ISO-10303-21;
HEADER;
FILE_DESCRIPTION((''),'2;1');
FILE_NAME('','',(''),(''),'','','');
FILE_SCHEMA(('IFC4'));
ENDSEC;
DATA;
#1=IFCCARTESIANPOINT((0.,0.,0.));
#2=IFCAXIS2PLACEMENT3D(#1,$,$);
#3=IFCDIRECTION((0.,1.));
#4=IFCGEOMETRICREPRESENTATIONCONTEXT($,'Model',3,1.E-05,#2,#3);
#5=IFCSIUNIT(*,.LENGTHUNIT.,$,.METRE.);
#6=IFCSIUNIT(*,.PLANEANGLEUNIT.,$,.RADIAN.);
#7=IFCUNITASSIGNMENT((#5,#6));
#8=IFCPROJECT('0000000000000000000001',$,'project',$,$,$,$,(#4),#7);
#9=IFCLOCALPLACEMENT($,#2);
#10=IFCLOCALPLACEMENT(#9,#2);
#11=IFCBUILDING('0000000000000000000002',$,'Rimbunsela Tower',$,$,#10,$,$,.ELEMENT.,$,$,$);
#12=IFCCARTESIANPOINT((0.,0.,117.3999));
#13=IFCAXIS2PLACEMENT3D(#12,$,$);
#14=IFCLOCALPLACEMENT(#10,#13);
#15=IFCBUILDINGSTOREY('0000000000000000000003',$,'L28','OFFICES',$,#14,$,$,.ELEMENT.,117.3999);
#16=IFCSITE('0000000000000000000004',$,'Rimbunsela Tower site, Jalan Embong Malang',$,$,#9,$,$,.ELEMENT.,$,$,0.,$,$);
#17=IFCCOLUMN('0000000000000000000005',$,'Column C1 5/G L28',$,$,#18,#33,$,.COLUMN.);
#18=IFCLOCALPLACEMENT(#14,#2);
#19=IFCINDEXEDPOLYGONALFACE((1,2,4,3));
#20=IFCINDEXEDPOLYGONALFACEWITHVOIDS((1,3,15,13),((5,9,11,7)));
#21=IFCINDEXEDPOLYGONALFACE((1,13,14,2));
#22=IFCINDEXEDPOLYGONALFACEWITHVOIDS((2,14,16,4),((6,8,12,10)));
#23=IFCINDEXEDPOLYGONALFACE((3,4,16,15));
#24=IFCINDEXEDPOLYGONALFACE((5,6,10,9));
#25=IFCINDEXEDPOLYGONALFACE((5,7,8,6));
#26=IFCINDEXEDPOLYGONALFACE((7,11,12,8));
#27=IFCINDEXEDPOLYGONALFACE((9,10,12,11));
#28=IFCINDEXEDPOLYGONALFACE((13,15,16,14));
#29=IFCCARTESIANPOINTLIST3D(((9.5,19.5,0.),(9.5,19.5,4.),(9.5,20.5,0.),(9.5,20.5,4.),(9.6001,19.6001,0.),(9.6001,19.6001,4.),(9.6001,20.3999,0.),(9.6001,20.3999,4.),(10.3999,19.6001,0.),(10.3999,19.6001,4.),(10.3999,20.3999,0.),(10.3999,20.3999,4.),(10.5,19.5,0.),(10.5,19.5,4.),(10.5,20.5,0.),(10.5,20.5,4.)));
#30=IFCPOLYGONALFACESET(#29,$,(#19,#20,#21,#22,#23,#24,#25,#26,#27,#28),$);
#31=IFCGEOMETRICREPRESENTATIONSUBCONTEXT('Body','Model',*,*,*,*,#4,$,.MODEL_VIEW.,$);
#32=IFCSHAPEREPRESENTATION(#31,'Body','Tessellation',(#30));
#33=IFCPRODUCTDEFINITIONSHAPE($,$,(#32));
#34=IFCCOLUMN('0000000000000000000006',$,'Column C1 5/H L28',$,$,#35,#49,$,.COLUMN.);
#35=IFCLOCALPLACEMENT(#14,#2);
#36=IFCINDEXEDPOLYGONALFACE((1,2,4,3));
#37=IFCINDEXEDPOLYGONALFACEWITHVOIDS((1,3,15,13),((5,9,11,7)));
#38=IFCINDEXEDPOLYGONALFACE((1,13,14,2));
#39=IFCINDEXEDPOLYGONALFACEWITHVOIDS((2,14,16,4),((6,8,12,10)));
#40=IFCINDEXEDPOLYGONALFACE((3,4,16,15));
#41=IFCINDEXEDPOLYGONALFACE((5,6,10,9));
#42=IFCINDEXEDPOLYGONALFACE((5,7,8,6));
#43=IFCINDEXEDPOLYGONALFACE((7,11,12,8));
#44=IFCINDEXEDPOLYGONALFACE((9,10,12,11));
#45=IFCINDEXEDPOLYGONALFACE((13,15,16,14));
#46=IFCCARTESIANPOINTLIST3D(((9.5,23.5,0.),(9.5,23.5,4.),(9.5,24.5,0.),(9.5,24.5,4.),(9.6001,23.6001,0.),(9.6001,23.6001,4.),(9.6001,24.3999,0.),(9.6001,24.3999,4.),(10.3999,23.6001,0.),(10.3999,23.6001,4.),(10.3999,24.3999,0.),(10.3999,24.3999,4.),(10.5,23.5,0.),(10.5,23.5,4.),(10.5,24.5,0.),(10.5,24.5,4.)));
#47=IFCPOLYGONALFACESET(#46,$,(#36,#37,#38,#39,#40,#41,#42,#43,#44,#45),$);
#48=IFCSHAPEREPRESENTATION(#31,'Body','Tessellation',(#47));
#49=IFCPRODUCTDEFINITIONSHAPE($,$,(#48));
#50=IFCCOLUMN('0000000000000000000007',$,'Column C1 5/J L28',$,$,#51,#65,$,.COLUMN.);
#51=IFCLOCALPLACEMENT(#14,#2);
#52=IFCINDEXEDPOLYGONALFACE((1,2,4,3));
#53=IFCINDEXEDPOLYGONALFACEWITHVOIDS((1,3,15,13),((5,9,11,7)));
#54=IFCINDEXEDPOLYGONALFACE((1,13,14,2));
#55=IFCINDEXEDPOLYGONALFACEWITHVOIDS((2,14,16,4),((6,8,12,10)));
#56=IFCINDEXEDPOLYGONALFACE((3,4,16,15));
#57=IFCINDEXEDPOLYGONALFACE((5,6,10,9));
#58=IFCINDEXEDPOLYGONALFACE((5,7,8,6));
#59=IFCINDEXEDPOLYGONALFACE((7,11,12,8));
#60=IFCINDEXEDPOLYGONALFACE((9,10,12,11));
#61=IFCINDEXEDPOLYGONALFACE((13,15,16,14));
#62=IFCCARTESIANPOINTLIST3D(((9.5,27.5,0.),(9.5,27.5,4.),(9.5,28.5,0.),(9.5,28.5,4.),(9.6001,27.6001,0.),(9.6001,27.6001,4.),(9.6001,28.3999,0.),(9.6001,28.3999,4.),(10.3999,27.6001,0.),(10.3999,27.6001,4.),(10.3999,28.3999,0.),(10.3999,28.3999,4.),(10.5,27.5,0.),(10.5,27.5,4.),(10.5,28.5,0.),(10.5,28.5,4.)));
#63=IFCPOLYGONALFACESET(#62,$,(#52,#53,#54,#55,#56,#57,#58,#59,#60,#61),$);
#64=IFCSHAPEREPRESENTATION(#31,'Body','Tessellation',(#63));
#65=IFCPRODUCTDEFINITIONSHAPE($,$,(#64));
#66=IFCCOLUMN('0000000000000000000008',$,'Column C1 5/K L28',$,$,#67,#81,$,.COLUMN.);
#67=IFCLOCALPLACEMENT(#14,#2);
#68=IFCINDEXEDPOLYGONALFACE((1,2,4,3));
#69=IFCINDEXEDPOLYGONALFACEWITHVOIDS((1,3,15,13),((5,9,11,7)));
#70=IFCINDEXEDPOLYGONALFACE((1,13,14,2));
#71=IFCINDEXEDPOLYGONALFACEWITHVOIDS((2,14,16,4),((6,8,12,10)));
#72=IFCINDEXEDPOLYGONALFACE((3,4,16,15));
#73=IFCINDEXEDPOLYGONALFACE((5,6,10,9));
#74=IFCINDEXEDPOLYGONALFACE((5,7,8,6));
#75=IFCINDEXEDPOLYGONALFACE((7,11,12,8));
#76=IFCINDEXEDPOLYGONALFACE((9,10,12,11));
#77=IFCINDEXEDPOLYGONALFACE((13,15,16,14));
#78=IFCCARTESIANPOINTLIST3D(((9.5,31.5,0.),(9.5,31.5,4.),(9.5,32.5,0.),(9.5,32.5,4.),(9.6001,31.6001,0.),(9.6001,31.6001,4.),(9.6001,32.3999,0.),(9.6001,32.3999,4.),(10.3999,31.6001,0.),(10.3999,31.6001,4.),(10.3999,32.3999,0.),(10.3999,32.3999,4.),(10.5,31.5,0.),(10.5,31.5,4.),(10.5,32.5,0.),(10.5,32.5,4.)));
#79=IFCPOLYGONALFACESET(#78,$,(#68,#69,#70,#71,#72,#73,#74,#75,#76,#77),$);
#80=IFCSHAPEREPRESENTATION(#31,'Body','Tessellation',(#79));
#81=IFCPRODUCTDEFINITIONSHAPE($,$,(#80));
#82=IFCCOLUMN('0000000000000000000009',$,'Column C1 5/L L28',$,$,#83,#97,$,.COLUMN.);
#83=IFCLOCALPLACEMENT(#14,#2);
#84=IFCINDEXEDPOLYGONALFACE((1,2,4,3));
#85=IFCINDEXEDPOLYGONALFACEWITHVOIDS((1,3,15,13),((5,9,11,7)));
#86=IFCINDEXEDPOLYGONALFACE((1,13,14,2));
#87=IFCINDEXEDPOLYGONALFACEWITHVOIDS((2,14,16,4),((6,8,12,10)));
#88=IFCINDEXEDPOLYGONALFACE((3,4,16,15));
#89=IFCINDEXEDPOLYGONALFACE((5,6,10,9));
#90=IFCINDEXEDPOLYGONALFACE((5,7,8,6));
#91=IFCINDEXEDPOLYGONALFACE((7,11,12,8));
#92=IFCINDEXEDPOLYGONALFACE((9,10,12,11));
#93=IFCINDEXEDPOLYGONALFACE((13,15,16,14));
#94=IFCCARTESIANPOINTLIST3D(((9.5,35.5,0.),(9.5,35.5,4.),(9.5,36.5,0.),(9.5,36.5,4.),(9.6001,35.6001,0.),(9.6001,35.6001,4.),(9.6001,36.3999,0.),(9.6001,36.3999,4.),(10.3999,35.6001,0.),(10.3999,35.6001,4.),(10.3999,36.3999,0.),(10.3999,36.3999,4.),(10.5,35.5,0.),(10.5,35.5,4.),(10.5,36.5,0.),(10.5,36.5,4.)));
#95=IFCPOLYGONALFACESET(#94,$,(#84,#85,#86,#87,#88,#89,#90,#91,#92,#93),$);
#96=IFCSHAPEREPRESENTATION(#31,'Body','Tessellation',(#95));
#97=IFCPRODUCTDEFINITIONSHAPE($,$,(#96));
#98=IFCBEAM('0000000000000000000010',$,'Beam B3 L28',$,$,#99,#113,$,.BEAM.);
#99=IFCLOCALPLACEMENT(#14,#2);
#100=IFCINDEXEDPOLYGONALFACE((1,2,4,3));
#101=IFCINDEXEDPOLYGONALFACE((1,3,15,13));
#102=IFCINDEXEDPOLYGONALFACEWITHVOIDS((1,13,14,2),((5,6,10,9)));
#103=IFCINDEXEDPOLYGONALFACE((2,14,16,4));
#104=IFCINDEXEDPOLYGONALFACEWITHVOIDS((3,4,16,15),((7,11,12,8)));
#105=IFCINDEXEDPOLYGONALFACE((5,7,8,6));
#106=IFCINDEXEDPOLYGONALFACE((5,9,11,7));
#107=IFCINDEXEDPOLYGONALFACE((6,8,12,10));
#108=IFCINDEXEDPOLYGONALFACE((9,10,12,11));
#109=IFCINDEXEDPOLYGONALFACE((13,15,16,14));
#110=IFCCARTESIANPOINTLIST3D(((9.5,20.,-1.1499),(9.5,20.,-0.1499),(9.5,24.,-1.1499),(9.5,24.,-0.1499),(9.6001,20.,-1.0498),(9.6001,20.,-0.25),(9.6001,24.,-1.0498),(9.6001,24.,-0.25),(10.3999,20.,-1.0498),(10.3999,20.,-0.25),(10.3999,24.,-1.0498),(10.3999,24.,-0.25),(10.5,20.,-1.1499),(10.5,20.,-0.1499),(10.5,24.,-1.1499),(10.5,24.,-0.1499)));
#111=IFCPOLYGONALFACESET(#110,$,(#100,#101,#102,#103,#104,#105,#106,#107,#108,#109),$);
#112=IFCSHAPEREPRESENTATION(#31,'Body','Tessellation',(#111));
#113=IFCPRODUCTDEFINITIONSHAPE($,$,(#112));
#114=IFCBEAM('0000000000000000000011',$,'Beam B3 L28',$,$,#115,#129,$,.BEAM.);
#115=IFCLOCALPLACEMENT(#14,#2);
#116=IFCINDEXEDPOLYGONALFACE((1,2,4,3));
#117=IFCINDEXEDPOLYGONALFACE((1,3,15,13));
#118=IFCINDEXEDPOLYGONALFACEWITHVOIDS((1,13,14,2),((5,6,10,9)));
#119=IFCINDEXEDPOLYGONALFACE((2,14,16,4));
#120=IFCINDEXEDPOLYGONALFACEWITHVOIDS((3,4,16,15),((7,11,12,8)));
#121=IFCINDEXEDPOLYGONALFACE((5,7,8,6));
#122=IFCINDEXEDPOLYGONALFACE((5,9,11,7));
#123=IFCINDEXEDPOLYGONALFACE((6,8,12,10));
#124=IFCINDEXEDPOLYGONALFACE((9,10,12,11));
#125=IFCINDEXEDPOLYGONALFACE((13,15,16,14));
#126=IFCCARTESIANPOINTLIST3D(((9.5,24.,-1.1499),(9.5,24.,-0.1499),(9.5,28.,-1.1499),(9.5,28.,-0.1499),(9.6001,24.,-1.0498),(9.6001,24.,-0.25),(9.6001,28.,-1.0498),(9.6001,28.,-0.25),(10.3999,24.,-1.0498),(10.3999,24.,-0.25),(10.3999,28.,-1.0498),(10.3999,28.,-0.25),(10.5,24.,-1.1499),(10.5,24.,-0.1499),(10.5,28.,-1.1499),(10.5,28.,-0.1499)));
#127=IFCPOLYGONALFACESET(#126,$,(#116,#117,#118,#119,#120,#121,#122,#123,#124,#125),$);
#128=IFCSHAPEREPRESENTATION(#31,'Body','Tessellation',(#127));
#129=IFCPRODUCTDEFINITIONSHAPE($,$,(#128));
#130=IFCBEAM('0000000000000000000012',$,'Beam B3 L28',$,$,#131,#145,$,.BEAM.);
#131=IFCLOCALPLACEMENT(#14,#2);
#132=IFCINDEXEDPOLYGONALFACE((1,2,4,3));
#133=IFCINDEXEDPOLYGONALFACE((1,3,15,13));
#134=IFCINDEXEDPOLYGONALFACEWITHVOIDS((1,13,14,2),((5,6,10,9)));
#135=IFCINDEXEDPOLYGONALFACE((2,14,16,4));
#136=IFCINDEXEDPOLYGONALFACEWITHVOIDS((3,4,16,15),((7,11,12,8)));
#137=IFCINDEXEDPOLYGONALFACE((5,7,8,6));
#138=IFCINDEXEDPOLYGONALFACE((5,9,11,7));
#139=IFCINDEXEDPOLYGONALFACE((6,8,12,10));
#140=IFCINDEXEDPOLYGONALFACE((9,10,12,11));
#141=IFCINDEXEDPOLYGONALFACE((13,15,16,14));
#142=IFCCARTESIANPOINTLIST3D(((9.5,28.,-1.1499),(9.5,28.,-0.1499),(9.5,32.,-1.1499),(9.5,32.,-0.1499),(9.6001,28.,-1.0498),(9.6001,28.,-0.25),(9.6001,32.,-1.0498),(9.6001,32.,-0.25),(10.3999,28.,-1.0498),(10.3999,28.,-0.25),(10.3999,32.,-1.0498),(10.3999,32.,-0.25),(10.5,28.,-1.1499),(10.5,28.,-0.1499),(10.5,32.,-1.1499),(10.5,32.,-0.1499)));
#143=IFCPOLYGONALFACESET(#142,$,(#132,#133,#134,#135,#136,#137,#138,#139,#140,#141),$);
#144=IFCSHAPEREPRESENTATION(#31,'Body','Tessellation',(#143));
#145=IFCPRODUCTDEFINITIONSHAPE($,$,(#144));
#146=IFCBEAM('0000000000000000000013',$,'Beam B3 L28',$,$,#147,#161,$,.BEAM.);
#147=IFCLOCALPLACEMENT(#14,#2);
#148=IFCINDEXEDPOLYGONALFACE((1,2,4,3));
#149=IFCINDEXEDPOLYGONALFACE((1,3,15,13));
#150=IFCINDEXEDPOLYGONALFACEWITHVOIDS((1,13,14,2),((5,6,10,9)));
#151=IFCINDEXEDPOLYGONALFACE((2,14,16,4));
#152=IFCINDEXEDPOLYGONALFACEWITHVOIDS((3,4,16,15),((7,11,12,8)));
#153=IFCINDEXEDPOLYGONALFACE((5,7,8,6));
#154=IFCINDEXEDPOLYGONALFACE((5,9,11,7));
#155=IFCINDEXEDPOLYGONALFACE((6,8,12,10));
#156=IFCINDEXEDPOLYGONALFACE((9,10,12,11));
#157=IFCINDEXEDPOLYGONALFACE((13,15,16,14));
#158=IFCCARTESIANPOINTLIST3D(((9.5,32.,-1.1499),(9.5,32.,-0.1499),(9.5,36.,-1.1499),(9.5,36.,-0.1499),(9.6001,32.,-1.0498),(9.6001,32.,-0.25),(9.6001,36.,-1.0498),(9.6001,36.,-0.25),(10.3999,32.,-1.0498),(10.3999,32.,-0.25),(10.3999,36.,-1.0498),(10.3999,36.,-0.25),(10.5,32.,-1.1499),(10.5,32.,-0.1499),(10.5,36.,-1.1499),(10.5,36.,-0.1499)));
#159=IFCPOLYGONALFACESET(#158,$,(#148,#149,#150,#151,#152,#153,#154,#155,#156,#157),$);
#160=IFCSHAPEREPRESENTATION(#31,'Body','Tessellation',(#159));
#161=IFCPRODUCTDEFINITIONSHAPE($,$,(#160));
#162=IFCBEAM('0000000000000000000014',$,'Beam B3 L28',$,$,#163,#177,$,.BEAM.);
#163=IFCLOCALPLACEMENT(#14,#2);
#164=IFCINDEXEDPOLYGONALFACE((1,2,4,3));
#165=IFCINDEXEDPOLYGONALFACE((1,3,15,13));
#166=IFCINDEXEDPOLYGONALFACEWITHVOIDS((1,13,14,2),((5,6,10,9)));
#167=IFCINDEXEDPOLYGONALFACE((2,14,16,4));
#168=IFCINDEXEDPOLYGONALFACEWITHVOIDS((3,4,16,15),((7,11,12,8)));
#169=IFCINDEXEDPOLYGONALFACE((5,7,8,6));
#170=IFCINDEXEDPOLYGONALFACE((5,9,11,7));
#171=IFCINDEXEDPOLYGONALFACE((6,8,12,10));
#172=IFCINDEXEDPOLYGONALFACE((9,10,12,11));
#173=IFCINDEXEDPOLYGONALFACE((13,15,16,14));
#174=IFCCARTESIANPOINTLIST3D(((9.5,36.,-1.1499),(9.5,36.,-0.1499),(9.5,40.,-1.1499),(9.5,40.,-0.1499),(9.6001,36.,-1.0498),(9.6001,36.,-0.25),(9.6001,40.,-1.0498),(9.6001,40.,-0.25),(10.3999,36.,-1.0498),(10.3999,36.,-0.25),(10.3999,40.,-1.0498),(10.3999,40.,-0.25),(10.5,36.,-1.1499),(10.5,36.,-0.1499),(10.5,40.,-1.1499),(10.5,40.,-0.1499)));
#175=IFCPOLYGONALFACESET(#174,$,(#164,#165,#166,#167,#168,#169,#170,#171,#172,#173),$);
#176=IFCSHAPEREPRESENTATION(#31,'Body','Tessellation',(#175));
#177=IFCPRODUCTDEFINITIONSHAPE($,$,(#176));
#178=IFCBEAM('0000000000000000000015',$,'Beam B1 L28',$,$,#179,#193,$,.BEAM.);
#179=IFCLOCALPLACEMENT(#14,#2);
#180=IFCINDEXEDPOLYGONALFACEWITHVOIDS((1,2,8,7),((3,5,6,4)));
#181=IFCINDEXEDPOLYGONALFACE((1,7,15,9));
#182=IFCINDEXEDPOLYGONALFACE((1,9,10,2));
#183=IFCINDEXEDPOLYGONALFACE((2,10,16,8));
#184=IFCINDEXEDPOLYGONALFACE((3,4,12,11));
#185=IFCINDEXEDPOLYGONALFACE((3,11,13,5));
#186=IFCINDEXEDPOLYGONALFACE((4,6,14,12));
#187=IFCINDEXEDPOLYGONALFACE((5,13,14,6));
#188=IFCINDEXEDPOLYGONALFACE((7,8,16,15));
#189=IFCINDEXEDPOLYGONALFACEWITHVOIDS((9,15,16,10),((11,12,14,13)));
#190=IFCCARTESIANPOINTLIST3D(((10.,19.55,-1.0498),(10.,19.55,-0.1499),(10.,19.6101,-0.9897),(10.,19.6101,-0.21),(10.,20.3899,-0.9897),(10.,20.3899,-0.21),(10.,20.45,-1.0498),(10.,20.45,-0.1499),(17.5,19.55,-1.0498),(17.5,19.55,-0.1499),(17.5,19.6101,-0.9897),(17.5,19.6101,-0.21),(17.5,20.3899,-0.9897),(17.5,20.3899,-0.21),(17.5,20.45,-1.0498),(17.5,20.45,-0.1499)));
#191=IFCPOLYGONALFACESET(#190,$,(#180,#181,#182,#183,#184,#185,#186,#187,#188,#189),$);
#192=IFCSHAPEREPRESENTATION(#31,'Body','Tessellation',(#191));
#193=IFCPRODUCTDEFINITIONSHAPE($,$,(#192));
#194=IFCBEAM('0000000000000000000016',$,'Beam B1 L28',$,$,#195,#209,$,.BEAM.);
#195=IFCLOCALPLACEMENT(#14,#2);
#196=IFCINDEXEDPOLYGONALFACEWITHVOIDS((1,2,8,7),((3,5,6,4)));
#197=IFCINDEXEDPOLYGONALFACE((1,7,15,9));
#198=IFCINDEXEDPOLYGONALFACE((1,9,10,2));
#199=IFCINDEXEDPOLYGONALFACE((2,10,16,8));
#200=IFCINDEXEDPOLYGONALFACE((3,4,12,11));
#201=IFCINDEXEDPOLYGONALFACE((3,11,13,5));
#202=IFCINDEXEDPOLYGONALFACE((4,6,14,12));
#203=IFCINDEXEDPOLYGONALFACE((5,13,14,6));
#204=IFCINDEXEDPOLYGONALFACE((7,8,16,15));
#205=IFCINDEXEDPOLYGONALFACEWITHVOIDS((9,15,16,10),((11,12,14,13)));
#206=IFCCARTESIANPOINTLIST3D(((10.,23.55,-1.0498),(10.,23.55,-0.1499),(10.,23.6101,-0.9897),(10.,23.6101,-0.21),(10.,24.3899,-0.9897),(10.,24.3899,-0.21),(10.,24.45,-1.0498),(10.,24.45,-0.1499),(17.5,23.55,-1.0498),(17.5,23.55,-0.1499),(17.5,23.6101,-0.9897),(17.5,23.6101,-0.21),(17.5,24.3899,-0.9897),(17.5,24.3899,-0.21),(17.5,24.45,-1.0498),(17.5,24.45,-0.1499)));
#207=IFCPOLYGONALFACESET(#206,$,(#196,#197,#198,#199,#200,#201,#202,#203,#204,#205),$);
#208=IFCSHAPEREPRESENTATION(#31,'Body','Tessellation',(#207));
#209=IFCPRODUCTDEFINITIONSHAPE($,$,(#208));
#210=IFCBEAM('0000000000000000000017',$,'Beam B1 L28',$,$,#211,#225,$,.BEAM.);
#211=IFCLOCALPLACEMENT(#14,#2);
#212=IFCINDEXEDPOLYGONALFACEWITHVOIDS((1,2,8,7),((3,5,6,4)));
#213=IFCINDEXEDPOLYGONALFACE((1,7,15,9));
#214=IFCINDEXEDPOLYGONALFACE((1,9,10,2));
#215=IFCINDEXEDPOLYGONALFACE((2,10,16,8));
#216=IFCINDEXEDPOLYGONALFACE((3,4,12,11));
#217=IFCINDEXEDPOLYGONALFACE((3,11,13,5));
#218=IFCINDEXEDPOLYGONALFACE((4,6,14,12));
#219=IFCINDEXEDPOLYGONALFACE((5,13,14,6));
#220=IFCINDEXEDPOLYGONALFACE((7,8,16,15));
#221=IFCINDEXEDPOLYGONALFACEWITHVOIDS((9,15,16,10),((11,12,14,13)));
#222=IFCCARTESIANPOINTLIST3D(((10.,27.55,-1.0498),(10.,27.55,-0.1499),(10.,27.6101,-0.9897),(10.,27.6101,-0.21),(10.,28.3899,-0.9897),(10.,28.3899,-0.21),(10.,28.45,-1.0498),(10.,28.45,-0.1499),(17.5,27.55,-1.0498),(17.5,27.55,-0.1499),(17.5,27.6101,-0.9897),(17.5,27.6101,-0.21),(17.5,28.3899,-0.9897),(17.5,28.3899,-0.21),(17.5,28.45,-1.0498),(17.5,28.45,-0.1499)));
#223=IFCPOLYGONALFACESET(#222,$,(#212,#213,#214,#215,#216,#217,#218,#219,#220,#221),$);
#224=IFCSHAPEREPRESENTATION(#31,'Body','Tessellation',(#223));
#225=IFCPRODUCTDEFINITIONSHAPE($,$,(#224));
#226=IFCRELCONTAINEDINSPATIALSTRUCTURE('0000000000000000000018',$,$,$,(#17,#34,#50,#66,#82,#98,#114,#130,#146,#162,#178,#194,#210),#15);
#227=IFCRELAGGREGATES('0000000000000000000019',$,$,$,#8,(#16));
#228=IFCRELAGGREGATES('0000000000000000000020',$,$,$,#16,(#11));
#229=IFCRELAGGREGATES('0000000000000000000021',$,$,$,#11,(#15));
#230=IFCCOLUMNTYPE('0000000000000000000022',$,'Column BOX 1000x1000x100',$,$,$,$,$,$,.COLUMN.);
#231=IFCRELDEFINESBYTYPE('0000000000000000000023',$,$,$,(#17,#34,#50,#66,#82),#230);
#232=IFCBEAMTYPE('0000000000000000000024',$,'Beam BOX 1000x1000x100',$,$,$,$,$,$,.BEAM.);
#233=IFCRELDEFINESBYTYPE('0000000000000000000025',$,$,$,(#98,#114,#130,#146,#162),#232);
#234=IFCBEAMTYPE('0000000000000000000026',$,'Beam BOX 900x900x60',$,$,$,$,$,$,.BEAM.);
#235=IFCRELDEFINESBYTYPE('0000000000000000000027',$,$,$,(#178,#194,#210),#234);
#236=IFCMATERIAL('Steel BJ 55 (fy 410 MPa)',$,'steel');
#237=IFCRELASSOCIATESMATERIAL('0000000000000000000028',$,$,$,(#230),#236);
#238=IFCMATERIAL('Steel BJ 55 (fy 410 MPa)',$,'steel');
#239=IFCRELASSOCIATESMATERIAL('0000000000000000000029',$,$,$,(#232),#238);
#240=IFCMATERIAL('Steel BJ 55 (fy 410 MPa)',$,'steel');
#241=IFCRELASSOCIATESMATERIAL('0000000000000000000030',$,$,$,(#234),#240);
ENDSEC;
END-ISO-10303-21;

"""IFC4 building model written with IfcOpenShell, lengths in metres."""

from ifc_helpers import new_model, si_unit, direction, frame, origin, origin_2d, place, context, subcontext, project, spatial, hollow_rectangle, extrude, material, material_profile, profile_set, type_object, element, save


model = new_model("IFC4")

# Units and contexts
model_context = context("Model", 3, precision=1e-05, world=origin(), true_north=direction((0.0, 1.0)))
body_context = subcontext(model_context, "Body", "Model", "MODEL_VIEW")
ifc_project = project(units=[si_unit("LENGTHUNIT", "METRE"), si_unit("PLANEANGLEUNIT", "RADIAN")], contexts=[model_context])

# Site, building, storey
site_placement = place(None, origin())
site = spatial("IfcSite", under=ifc_project, at=site_placement, Name="Rimbunsela Tower site, Jalan Embong Malang", CompositionType="ELEMENT", RefElevation=0.0)
building_placement = place(site_placement, origin())
building = spatial("IfcBuilding", under=site, at=building_placement, Name="Rimbunsela Tower", CompositionType="ELEMENT")
storey_placement = place(building_placement, frame((0.0, 0.0, 117.3999)))
storey = spatial("IfcBuildingStorey", under=building, at=storey_placement, Name="L28", Description="OFFICES", CompositionType="ELEMENT", Elevation=117.3999)

# Columns
ifc_material_1 = material(Name="Steel BJ 55 (fy 410 MPa)", Category="steel")
ifc_material_profile_1 = material_profile(ifc_material_1, hollow_rectangle(XDim=1.0, YDim=1.0, WallThickness=0.1001, at=origin_2d()), Name="BOX 1000x1000x100")
ifc_profile_set_1 = profile_set([ifc_material_profile_1], Name="Steel BJ 55 (fy 410 MPa)")
column_type = type_object("IfcColumnType", Name="Column BOX 1000x1000x100", PredefinedType="COLUMN", material=ifc_profile_set_1)
for number, where, z_axis, x_axis, name in (
    (1, (10.0, 20.0, 0.0), (0.0, 0.0, 1.0), (1.0, 0.0, 0.0), "Column C1 5/G L28"),
    (2, (10.0, 24.0, 0.0), (0.0, 0.0, 1.0), (1.0, 0.0, 0.0), "Column C1 5/H L28"),
    (3, (10.0, 28.0, 0.0), (0.0, 0.0, 1.0), (1.0, 0.0, 0.0), "Column C1 5/J L28"),
    (4, (10.0, 32.0, 0.0), (0.0, 0.0, 1.0), (1.0, 0.0, 0.0), "Column C1 5/K L28"),
    (5, (10.0, 36.0, 0.0), (0.0, 0.0, 1.0), (1.0, 0.0, 0.0), "Column C1 5/L L28"),
):
    element("IfcColumn", number, at=place(storey_placement, frame(where, z_axis=z_axis, x_axis=x_axis)), inside=storey, type_object=column_type, Name=name, PredefinedType="COLUMN", context=body_context, shape_type="SweptSolid", body=[
        extrude(hollow_rectangle(XDim=1.0, YDim=1.0, WallThickness=0.1001, at=origin_2d()), origin(), (0.0, 0.0, 1.0), 4.0),
    ])

# Beams
ifc_material_2 = material(Name="Steel BJ 55 (fy 410 MPa)", Category="steel")
ifc_material_profile_2 = material_profile(ifc_material_2, hollow_rectangle(XDim=1.0, YDim=1.0, WallThickness=0.1001, at=origin_2d()), Name="BOX 1000x1000x100")
ifc_profile_set_2 = profile_set([ifc_material_profile_2], Name="Steel BJ 55 (fy 410 MPa)")
beam_type_1 = type_object("IfcBeamType", Name="Beam BOX 1000x1000x100", PredefinedType="BEAM", material=ifc_profile_set_2)
for number, where, z_axis, x_axis, name in (
    (6, (10.0, 20.0, -0.6499), (0.0, 1.0, 0.0), (-1.0, 0.0, 0.0), "Beam B3 L28"),
    (7, (10.0, 24.0, -0.6499), (0.0, 1.0, 0.0), (-1.0, 0.0, 0.0), "Beam B3 L28"),
    (8, (10.0, 28.0, -0.6499), (0.0, 1.0, 0.0), (-1.0, 0.0, 0.0), "Beam B3 L28"),
    (9, (10.0, 32.0, -0.6499), (0.0, 1.0, 0.0), (-1.0, 0.0, 0.0), "Beam B3 L28"),
    (10, (10.0, 36.0, -0.6499), (0.0, 1.0, 0.0), (-1.0, 0.0, 0.0), "Beam B3 L28"),
):
    element("IfcBeam", number, at=place(storey_placement, frame(where, z_axis=z_axis, x_axis=x_axis)), inside=storey, type_object=beam_type_1, Name=name, PredefinedType="BEAM", context=body_context, shape_type="SweptSolid", body=[
        extrude(hollow_rectangle(XDim=1.0, YDim=1.0, WallThickness=0.1001, at=origin_2d()), origin(), (0.0, 0.0, 1.0), 4.0),
    ])
ifc_material_3 = material(Name="Steel BJ 55 (fy 410 MPa)", Category="steel")
ifc_material_profile_3 = material_profile(ifc_material_3, hollow_rectangle(XDim=0.8999, YDim=0.8999, WallThickness=0.0601, at=origin_2d()), Name="BOX 900x900x60")
ifc_profile_set_3 = profile_set([ifc_material_profile_3], Name="Steel BJ 55 (fy 410 MPa)")
beam_type_2 = type_object("IfcBeamType", Name="Beam BOX 900x900x60", PredefinedType="BEAM", material=ifc_profile_set_3)
for number, where, z_axis, x_axis, name in (
    (11, (10.0, 20.0, -0.5999), (1.0, 0.0, 0.0), (0.0, 1.0, 0.0), "Beam B1 L28"),
    (12, (10.0, 24.0, -0.5999), (1.0, 0.0, 0.0), (0.0, 1.0, 0.0), "Beam B1 L28"),
    (13, (10.0, 28.0, -0.5999), (1.0, 0.0, 0.0), (0.0, 1.0, 0.0), "Beam B1 L28"),
):
    element("IfcBeam", number, at=place(storey_placement, frame(where, z_axis=z_axis, x_axis=x_axis)), inside=storey, type_object=beam_type_2, Name=name, PredefinedType="BEAM", context=body_context, shape_type="SweptSolid", body=[
        extrude(hollow_rectangle(XDim=0.8999, YDim=0.8999, WallThickness=0.0601, at=origin_2d()), origin(), (0.0, 0.0, 1.0), 7.5),
    ])

save(model, "model.ifc")
